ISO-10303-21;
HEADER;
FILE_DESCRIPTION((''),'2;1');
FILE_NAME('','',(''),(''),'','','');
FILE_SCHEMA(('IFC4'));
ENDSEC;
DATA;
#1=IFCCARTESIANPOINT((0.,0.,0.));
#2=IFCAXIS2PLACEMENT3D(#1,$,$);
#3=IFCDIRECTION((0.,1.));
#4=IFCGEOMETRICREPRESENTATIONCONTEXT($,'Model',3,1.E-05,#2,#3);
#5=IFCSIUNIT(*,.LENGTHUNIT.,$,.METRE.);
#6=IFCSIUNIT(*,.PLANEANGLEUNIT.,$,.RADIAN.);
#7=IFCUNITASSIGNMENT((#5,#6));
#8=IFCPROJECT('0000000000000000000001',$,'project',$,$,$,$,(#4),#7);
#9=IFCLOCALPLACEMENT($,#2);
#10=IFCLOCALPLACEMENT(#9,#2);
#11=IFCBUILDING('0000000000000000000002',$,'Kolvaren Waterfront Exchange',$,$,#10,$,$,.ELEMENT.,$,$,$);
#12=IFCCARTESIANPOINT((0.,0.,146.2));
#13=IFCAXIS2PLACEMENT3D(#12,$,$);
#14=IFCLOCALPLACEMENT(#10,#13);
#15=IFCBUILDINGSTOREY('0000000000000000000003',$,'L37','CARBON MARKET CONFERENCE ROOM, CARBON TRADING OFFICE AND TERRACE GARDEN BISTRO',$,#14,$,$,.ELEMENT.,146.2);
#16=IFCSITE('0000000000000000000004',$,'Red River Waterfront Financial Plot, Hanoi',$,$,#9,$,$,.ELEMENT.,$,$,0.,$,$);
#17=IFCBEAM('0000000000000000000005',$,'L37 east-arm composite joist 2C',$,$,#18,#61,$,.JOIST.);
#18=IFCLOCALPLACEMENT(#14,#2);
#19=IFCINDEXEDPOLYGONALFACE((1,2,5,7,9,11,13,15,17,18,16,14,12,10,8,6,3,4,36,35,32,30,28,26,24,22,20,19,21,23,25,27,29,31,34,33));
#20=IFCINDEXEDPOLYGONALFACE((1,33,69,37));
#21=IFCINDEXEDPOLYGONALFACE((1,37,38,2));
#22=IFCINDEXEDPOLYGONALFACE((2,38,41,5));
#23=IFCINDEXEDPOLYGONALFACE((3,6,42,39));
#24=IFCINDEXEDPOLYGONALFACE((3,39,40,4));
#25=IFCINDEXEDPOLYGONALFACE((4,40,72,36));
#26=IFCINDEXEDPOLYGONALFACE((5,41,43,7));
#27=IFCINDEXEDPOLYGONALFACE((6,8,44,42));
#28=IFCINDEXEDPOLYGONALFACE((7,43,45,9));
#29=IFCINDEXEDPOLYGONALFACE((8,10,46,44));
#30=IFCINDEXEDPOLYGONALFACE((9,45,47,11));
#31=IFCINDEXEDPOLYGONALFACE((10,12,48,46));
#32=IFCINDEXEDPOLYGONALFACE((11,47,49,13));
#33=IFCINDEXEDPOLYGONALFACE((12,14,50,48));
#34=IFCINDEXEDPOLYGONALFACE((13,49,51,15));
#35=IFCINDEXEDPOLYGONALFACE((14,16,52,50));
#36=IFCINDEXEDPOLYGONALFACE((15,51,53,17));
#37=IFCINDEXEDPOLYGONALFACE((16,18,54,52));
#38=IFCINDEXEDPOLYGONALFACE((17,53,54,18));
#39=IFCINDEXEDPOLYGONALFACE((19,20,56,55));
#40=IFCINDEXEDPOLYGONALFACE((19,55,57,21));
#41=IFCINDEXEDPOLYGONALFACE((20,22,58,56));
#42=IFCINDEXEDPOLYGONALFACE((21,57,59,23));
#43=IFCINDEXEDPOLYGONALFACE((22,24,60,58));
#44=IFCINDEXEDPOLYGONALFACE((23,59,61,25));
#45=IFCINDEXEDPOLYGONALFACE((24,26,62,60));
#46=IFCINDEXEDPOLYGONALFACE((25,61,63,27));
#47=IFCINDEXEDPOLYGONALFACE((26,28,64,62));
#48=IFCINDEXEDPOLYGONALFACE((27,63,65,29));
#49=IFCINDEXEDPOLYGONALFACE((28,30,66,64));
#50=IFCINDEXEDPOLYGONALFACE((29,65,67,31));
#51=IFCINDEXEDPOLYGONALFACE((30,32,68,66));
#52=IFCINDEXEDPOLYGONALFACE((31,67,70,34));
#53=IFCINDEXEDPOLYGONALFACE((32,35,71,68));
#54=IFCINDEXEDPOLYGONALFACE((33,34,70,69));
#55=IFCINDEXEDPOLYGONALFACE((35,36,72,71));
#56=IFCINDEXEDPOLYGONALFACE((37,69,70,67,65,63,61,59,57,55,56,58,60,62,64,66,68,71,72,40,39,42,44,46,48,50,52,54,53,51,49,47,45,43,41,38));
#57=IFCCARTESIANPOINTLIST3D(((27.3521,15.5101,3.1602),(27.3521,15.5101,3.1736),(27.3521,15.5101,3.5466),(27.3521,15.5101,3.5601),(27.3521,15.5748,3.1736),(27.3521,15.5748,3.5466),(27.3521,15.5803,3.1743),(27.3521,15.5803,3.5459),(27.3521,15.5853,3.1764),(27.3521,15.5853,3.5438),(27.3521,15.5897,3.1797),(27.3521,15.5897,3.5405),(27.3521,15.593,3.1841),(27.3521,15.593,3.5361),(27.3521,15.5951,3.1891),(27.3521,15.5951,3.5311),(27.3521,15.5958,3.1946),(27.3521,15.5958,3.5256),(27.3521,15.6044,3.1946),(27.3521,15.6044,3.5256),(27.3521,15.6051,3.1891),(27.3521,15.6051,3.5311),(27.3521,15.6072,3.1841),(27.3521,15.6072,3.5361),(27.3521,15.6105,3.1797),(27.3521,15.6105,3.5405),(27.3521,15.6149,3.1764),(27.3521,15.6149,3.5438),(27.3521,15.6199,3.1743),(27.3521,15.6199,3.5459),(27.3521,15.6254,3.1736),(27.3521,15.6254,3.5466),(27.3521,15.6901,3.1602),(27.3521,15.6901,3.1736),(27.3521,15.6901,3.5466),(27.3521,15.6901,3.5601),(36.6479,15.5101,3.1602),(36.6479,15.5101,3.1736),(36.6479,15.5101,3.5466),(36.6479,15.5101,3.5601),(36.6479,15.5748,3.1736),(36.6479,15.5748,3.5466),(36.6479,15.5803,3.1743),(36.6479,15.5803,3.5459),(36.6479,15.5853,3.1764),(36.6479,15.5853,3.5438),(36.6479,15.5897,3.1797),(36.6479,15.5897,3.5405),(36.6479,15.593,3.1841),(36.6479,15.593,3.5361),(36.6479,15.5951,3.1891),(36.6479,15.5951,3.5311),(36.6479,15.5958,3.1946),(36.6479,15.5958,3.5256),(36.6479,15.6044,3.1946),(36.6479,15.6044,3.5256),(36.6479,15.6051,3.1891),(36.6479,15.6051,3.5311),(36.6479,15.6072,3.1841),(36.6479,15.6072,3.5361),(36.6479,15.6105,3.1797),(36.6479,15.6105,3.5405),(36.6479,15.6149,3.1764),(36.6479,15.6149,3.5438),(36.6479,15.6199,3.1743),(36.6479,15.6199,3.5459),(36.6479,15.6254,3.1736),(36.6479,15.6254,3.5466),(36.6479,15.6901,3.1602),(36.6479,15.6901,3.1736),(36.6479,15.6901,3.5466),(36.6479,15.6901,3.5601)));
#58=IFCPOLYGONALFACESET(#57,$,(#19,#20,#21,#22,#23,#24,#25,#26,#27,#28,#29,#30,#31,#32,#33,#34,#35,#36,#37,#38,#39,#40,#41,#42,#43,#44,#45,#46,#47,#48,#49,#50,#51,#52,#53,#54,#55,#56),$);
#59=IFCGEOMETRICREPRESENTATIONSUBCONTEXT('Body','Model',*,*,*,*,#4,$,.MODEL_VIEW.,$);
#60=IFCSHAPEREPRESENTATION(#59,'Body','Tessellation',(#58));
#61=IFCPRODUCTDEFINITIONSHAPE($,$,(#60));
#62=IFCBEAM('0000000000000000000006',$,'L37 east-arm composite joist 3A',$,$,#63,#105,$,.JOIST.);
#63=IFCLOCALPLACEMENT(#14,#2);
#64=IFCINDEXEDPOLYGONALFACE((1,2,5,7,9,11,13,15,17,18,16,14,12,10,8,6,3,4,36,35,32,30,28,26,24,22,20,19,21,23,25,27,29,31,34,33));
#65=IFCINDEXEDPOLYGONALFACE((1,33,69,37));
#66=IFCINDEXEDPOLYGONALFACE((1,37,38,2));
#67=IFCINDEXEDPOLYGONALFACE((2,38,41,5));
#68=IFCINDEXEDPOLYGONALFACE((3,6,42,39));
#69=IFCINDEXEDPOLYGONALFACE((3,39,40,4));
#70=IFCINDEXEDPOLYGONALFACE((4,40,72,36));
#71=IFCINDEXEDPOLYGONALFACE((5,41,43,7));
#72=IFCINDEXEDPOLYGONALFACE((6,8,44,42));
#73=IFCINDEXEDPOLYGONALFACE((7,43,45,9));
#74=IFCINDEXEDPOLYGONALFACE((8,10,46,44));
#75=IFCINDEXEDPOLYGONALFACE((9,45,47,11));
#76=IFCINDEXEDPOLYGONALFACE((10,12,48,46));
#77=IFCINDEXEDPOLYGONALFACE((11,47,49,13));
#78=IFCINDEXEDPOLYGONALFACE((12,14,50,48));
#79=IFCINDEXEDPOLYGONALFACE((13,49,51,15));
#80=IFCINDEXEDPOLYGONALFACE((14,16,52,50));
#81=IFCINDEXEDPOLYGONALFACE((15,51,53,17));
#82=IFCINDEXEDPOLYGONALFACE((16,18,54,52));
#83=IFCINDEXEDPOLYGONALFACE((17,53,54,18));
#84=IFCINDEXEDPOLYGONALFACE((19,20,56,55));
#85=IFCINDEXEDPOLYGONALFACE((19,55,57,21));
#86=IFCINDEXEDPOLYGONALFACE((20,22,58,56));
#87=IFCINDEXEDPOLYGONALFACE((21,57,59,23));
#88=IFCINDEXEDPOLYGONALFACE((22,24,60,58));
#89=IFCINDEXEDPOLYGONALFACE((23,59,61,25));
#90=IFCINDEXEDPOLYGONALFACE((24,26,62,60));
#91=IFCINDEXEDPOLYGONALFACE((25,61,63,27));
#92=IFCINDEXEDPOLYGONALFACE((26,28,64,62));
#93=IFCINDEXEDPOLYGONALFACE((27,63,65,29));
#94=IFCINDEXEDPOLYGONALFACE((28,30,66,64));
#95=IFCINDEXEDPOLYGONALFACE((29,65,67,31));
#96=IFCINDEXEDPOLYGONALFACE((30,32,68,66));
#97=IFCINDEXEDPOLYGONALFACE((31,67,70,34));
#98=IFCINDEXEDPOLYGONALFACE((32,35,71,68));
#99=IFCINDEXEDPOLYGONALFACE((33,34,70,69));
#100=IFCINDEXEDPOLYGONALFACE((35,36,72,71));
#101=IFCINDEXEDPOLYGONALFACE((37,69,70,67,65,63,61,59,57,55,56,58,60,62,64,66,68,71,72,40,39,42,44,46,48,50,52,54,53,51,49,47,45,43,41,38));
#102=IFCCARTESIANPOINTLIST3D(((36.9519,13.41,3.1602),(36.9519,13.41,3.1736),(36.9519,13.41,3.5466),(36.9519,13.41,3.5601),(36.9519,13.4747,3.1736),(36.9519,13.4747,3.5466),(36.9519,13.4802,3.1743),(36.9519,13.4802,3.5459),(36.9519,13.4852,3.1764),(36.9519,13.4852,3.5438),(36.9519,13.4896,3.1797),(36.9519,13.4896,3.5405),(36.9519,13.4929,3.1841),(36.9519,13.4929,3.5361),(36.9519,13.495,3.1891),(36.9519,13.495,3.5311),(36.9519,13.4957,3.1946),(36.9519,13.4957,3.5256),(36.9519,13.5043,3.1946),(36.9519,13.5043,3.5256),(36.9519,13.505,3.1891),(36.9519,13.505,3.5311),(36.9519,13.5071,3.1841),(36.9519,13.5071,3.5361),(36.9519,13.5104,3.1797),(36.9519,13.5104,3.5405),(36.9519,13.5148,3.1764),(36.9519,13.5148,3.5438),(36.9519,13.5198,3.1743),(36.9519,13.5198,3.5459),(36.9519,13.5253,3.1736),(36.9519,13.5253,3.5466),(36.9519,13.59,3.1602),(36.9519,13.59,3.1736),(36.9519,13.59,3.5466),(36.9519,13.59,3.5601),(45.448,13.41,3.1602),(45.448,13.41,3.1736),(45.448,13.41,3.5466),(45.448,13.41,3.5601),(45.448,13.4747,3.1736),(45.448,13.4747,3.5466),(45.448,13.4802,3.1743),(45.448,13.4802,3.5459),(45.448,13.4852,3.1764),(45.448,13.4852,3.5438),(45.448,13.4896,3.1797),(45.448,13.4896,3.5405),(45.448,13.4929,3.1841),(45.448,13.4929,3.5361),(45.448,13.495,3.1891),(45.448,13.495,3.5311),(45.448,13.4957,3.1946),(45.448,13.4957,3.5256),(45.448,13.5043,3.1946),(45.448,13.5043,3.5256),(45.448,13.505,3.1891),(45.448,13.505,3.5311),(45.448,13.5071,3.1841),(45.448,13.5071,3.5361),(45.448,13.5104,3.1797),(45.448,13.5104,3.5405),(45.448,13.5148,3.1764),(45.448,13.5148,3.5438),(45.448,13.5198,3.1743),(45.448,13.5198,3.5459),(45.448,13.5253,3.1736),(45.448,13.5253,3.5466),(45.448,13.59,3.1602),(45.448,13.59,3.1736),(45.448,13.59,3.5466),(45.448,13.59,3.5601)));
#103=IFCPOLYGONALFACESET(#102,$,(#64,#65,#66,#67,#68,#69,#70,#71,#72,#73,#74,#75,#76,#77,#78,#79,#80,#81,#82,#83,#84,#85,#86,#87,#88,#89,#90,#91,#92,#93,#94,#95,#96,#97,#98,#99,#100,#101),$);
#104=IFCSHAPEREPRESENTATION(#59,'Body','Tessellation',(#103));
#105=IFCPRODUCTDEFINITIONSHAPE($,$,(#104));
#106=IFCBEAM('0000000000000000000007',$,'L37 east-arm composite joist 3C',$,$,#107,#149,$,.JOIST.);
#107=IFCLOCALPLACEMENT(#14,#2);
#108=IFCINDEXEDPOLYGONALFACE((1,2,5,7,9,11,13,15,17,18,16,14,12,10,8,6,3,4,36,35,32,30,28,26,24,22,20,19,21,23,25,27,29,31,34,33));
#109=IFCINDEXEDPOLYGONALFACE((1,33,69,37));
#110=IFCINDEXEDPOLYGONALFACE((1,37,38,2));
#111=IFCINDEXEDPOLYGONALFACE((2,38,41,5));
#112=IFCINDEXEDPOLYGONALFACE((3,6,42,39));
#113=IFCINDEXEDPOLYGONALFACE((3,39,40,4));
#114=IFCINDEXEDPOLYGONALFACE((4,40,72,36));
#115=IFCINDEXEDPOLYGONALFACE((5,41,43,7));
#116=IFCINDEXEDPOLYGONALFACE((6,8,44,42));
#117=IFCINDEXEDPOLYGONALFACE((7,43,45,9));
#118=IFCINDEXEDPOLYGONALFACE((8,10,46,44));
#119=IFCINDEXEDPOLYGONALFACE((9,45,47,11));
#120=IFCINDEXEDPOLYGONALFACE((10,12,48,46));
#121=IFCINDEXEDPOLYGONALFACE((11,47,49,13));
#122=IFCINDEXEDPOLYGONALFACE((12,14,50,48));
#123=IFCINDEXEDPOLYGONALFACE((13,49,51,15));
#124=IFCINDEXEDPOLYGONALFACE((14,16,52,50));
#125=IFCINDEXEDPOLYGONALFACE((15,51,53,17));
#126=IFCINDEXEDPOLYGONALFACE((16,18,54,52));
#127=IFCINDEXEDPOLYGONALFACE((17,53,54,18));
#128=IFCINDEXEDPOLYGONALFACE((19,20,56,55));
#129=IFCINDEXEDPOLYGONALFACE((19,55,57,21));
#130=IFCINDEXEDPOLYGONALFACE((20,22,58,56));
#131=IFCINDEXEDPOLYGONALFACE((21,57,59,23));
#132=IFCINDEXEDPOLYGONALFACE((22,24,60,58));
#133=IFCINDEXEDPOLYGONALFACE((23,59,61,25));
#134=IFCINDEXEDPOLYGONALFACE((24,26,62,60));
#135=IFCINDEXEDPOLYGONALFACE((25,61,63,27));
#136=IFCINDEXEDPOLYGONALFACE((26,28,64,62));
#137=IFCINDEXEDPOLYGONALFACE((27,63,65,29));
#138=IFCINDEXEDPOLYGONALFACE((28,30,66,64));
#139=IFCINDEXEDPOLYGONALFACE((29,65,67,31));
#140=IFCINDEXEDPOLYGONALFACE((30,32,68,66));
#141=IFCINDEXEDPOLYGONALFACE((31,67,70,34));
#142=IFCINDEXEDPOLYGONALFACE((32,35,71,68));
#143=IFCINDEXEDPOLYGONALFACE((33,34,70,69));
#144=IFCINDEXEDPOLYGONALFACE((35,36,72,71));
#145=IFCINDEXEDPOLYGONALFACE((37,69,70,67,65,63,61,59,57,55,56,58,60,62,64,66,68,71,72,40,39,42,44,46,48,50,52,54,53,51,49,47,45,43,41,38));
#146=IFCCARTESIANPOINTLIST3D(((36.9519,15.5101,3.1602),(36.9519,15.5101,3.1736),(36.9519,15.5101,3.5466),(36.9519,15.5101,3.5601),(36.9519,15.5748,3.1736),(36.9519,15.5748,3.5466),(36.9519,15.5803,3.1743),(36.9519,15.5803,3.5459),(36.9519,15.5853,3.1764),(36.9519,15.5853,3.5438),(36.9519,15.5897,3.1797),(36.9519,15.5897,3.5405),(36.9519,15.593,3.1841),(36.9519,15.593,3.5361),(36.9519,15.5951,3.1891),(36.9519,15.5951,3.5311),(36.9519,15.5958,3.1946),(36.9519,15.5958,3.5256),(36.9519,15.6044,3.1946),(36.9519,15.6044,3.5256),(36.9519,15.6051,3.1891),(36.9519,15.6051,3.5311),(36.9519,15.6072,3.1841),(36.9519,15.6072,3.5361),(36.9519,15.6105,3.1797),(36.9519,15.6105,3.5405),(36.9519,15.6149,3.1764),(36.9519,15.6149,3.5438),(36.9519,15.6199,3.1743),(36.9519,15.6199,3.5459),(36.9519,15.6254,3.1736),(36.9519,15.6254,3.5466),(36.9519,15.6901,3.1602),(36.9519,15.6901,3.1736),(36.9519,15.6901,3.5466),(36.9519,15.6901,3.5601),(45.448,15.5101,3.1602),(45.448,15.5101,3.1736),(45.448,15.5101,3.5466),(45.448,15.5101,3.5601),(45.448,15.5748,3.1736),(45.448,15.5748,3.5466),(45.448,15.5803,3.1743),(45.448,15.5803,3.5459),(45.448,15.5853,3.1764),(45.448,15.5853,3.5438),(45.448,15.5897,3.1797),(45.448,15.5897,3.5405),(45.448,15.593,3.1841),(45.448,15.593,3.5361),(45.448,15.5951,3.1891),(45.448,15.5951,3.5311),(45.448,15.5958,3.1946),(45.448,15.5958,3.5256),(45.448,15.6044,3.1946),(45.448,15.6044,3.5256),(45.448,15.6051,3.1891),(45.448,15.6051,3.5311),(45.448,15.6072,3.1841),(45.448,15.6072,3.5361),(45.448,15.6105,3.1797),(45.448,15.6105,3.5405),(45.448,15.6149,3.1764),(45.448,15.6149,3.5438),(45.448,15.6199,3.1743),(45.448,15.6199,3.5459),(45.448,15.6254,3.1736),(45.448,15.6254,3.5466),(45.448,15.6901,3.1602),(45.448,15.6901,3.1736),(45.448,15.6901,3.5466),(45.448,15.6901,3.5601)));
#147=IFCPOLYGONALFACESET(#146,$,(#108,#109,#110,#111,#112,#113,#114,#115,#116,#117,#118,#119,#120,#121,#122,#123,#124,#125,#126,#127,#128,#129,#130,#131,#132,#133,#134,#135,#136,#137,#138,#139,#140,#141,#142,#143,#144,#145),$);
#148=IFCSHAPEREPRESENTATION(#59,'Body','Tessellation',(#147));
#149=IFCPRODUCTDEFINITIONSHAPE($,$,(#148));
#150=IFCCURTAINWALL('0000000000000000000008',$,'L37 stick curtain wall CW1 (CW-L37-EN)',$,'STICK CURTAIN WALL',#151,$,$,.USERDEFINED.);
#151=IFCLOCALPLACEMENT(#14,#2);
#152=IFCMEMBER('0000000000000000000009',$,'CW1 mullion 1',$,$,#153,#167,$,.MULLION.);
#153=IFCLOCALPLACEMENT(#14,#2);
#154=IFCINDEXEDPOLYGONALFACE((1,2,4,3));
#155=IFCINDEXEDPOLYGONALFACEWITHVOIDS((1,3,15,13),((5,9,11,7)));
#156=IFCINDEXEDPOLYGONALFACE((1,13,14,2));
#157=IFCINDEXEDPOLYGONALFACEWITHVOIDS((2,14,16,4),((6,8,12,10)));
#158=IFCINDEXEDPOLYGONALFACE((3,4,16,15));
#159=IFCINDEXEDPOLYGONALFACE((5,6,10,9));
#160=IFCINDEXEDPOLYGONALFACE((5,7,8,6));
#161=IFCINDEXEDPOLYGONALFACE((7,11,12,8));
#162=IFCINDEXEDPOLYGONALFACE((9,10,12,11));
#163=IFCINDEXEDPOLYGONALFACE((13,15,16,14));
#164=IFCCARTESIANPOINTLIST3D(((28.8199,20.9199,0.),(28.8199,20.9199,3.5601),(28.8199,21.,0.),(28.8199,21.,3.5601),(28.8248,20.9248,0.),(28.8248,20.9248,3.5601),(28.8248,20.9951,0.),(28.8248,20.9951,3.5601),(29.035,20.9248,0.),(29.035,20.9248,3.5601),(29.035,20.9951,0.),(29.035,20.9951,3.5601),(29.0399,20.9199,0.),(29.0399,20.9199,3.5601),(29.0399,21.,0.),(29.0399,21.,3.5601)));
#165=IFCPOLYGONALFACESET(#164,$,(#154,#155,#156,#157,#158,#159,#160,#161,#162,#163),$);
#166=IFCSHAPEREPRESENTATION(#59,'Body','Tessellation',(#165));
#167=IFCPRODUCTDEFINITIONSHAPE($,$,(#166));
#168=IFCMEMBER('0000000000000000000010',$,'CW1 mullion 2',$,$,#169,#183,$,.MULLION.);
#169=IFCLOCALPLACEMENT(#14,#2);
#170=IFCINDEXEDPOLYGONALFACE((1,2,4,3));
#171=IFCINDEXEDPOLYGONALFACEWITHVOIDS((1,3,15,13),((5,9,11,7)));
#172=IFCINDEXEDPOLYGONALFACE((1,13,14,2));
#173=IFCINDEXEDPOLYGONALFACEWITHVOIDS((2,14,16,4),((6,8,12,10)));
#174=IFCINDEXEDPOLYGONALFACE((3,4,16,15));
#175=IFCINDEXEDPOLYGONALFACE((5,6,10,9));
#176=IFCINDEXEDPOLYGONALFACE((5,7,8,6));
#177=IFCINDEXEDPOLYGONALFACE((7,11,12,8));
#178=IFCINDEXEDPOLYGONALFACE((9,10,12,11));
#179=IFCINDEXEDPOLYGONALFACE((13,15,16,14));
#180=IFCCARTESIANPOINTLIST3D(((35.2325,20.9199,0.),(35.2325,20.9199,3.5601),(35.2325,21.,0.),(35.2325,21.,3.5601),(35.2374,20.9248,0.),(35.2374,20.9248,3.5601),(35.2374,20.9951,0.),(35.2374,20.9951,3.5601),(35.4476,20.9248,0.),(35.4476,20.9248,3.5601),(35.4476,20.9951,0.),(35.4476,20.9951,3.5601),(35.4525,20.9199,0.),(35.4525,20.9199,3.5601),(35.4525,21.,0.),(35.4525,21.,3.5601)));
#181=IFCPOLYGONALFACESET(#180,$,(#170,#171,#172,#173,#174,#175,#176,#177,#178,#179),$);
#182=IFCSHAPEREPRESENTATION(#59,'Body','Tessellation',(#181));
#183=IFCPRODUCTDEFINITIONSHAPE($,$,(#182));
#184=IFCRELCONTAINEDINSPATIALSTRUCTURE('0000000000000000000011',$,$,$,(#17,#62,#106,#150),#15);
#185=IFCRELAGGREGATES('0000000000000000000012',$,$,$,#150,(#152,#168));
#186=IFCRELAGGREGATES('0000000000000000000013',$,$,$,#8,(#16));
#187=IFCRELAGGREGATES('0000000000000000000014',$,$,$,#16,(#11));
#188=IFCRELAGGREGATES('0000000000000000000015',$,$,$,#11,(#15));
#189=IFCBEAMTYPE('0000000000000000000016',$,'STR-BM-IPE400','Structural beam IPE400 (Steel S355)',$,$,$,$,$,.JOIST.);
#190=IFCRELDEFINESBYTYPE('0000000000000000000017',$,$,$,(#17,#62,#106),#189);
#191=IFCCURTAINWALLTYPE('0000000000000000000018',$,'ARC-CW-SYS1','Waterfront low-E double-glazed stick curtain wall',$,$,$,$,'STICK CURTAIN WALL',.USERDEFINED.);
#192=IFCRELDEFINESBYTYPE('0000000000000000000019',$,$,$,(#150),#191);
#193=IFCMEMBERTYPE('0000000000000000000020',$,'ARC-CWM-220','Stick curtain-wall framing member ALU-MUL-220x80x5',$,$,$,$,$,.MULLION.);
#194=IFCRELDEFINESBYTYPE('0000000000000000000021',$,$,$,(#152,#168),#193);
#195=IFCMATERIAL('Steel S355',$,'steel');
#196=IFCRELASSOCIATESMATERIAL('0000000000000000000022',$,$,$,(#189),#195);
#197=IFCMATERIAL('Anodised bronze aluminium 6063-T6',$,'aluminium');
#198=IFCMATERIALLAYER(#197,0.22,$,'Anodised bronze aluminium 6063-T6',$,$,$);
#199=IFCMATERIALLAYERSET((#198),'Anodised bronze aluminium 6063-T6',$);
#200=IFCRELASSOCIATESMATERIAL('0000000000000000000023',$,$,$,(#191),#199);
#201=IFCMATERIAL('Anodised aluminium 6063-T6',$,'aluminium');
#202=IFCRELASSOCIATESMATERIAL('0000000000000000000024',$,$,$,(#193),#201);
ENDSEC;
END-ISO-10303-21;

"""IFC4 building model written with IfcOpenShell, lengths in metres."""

from ifc_helpers import new_model, si_unit, direction, frame, origin, origin_with_axes, origin_2d, place, context, subcontext, project, spatial, hollow_rectangle, i_section, extrude, source, transform, mapped, material, layer, layer_set, material_profile, profile_set, type_object, element, aggregate, save


model = new_model("IFC4")

# Units and contexts
model_context = context("Model", 3, precision=1e-05, world=origin(), true_north=direction((0.0, 1.0)))
body_context = subcontext(model_context, "Body", "Model", "MODEL_VIEW")
ifc_project = project(units=[si_unit("LENGTHUNIT", "METRE"), si_unit("PLANEANGLEUNIT", "RADIAN")], contexts=[model_context])

# Site, building, storey
site_placement = place(None, origin())
site = spatial("IfcSite", under=ifc_project, at=site_placement, Name="Red River Waterfront Financial Plot, Hanoi", CompositionType="ELEMENT", RefElevation=0.0)
building_placement = place(site_placement, origin())
building = spatial("IfcBuilding", under=site, at=building_placement, Name="Kolvaren Waterfront Exchange", CompositionType="ELEMENT")
storey_placement = place(building_placement, frame((0.0, 0.0, 146.2)))
storey = spatial("IfcBuildingStorey", under=building, at=storey_placement, Name="L37", Description="CARBON MARKET CONFERENCE ROOM, CARBON TRADING OFFICE AND TERRACE GARDEN BISTRO", CompositionType="ELEMENT", Elevation=146.2)

# Beams
ifc_material_1 = material(Name="Steel S355", Category="steel")
ifc_material_profile_1 = material_profile(ifc_material_1, i_section(OverallWidth=0.1799, OverallDepth=0.3999, WebThickness=0.0085, FlangeThickness=0.0134, FilletRadius=0.021, at=origin_2d()), Name="IPE400")
ifc_profile_set_1 = profile_set([ifc_material_profile_1], Name="Steel S355")
beam_type_1 = type_object("IfcBeamType", Name="STR-BM-IPE400", Description="Structural beam IPE400 (Steel S355)", PredefinedType="JOIST", material=ifc_profile_set_1)
for number, where, z_axis, x_axis, name in (
    (1, (27.3521, 15.6001, 3.3601), (1.0, 0.0, 0.0), (0.0, 1.0, 0.0), "L37 east-arm composite joist 2C"),
):
    element("IfcBeam", number, at=place(storey_placement, frame(where, z_axis=z_axis, x_axis=x_axis)), inside=storey, type_object=beam_type_1, Name=name, PredefinedType="JOIST", context=body_context, shape_type="SweptSolid", body=[
        extrude(i_section(OverallWidth=0.1799, OverallDepth=0.3999, WebThickness=0.0085, FlangeThickness=0.0134, FilletRadius=0.021, at=origin_2d()), origin(), (0.0, 0.0, 1.0), 9.2959),
    ])
for number, where, z_axis, x_axis, name in (
    (2, (36.9519, 13.5, 3.3601), (1.0, 0.0, 0.0), (0.0, 1.0, 0.0), "L37 east-arm composite joist 3A"),
    (3, (36.9519, 15.6001, 3.3601), (1.0, 0.0, 0.0), (0.0, 1.0, 0.0), "L37 east-arm composite joist 3C"),
):
    element("IfcBeam", number, at=place(storey_placement, frame(where, z_axis=z_axis, x_axis=x_axis)), inside=storey, type_object=beam_type_1, Name=name, PredefinedType="JOIST", context=body_context, shape_type="SweptSolid", body=[
        extrude(i_section(OverallWidth=0.1799, OverallDepth=0.3999, WebThickness=0.0085, FlangeThickness=0.0134, FilletRadius=0.021, at=origin_2d()), origin(), (0.0, 0.0, 1.0), 8.4961),
    ])

# Curtain wall, members
ifc_material_2 = material(Name="Anodised bronze aluminium 6063-T6", Category="aluminium")
ifc_layer_1 = layer(ifc_material_2, 0.22, Name="Anodised bronze aluminium 6063-T6")
ifc_layer_set_1 = layer_set([ifc_layer_1], Name="Anodised bronze aluminium 6063-T6")
curtain_wall_type = type_object("IfcCurtainWallType", Name="ARC-CW-SYS1", Description="Waterfront low-E double-glazed stick curtain wall", ElementType="STICK CURTAIN WALL", PredefinedType="USERDEFINED", material=ifc_layer_set_1)
curtain_wall_placement = place(storey_placement, origin())
curtain_wall = element("IfcCurtainWall", 4, at=curtain_wall_placement, inside=storey, type_object=curtain_wall_type, Name="L37 stick curtain wall CW1 (CW-L37-EN)", ObjectType="STICK CURTAIN WALL", PredefinedType="USERDEFINED")
ifc_material_3 = material(Name="Anodised aluminium 6063-T6", Category="aluminium")
ifc_material_profile_2 = material_profile(ifc_material_3, hollow_rectangle(XDim=0.0801, YDim=0.22, WallThickness=0.0049, at=origin_2d()), Name="ALU-MUL-220x80x5")
ifc_profile_set_2 = profile_set([ifc_material_profile_2], Name="Anodised aluminium 6063-T6")
member_type_1 = type_object("IfcMemberType", Name="ARC-CWM-220", Description="Stick curtain-wall framing member ALU-MUL-220x80x5", PredefinedType="MULLION", material=ifc_profile_set_2)
shared_shape_1 = source(origin_with_axes(), body_context, "Body", "SweptSolid", [
    extrude(hollow_rectangle(XDim=0.0801, YDim=0.22, WallThickness=0.0049, at=origin_2d()), origin(), (0.0, 0.0, 1.0), 3.5601),
])
member_1_placement = place(storey_placement, frame((28.9299, 20.96, 0.0), z_axis=(0.0, 0.0, 1.0), x_axis=(0.0, 1.0, 0.0)))
member_1 = element("IfcMember", 5, at=member_1_placement, type_object=member_type_1, Name="CW1 mullion 1", PredefinedType="MULLION", context=body_context, shape_type="MappedRepresentation", body=[
    mapped(shared_shape_1, transform((0.0, 0.0, 0.0), x_axis=(1.0, 0.0, 0.0), y_axis=(0.0, 1.0, 0.0), z_axis=(0.0, 0.0, 1.0), scale=1.0)),
])
member_2_placement = place(storey_placement, frame((35.3425, 20.96, 0.0), z_axis=(0.0, 0.0, 1.0), x_axis=(0.0, 1.0, 0.0)))
member_2 = element("IfcMember", 6, at=member_2_placement, type_object=member_type_1, Name="CW1 mullion 2", PredefinedType="MULLION", context=body_context, shape_type="MappedRepresentation", body=[
    mapped(shared_shape_1, transform((0.0, 0.0, 0.0), x_axis=(1.0, 0.0, 0.0), y_axis=(0.0, 1.0, 0.0), z_axis=(0.0, 0.0, 1.0), scale=1.0)),
])
aggregate(curtain_wall, [member_1, member_2])

save(model, "model.ifc")
